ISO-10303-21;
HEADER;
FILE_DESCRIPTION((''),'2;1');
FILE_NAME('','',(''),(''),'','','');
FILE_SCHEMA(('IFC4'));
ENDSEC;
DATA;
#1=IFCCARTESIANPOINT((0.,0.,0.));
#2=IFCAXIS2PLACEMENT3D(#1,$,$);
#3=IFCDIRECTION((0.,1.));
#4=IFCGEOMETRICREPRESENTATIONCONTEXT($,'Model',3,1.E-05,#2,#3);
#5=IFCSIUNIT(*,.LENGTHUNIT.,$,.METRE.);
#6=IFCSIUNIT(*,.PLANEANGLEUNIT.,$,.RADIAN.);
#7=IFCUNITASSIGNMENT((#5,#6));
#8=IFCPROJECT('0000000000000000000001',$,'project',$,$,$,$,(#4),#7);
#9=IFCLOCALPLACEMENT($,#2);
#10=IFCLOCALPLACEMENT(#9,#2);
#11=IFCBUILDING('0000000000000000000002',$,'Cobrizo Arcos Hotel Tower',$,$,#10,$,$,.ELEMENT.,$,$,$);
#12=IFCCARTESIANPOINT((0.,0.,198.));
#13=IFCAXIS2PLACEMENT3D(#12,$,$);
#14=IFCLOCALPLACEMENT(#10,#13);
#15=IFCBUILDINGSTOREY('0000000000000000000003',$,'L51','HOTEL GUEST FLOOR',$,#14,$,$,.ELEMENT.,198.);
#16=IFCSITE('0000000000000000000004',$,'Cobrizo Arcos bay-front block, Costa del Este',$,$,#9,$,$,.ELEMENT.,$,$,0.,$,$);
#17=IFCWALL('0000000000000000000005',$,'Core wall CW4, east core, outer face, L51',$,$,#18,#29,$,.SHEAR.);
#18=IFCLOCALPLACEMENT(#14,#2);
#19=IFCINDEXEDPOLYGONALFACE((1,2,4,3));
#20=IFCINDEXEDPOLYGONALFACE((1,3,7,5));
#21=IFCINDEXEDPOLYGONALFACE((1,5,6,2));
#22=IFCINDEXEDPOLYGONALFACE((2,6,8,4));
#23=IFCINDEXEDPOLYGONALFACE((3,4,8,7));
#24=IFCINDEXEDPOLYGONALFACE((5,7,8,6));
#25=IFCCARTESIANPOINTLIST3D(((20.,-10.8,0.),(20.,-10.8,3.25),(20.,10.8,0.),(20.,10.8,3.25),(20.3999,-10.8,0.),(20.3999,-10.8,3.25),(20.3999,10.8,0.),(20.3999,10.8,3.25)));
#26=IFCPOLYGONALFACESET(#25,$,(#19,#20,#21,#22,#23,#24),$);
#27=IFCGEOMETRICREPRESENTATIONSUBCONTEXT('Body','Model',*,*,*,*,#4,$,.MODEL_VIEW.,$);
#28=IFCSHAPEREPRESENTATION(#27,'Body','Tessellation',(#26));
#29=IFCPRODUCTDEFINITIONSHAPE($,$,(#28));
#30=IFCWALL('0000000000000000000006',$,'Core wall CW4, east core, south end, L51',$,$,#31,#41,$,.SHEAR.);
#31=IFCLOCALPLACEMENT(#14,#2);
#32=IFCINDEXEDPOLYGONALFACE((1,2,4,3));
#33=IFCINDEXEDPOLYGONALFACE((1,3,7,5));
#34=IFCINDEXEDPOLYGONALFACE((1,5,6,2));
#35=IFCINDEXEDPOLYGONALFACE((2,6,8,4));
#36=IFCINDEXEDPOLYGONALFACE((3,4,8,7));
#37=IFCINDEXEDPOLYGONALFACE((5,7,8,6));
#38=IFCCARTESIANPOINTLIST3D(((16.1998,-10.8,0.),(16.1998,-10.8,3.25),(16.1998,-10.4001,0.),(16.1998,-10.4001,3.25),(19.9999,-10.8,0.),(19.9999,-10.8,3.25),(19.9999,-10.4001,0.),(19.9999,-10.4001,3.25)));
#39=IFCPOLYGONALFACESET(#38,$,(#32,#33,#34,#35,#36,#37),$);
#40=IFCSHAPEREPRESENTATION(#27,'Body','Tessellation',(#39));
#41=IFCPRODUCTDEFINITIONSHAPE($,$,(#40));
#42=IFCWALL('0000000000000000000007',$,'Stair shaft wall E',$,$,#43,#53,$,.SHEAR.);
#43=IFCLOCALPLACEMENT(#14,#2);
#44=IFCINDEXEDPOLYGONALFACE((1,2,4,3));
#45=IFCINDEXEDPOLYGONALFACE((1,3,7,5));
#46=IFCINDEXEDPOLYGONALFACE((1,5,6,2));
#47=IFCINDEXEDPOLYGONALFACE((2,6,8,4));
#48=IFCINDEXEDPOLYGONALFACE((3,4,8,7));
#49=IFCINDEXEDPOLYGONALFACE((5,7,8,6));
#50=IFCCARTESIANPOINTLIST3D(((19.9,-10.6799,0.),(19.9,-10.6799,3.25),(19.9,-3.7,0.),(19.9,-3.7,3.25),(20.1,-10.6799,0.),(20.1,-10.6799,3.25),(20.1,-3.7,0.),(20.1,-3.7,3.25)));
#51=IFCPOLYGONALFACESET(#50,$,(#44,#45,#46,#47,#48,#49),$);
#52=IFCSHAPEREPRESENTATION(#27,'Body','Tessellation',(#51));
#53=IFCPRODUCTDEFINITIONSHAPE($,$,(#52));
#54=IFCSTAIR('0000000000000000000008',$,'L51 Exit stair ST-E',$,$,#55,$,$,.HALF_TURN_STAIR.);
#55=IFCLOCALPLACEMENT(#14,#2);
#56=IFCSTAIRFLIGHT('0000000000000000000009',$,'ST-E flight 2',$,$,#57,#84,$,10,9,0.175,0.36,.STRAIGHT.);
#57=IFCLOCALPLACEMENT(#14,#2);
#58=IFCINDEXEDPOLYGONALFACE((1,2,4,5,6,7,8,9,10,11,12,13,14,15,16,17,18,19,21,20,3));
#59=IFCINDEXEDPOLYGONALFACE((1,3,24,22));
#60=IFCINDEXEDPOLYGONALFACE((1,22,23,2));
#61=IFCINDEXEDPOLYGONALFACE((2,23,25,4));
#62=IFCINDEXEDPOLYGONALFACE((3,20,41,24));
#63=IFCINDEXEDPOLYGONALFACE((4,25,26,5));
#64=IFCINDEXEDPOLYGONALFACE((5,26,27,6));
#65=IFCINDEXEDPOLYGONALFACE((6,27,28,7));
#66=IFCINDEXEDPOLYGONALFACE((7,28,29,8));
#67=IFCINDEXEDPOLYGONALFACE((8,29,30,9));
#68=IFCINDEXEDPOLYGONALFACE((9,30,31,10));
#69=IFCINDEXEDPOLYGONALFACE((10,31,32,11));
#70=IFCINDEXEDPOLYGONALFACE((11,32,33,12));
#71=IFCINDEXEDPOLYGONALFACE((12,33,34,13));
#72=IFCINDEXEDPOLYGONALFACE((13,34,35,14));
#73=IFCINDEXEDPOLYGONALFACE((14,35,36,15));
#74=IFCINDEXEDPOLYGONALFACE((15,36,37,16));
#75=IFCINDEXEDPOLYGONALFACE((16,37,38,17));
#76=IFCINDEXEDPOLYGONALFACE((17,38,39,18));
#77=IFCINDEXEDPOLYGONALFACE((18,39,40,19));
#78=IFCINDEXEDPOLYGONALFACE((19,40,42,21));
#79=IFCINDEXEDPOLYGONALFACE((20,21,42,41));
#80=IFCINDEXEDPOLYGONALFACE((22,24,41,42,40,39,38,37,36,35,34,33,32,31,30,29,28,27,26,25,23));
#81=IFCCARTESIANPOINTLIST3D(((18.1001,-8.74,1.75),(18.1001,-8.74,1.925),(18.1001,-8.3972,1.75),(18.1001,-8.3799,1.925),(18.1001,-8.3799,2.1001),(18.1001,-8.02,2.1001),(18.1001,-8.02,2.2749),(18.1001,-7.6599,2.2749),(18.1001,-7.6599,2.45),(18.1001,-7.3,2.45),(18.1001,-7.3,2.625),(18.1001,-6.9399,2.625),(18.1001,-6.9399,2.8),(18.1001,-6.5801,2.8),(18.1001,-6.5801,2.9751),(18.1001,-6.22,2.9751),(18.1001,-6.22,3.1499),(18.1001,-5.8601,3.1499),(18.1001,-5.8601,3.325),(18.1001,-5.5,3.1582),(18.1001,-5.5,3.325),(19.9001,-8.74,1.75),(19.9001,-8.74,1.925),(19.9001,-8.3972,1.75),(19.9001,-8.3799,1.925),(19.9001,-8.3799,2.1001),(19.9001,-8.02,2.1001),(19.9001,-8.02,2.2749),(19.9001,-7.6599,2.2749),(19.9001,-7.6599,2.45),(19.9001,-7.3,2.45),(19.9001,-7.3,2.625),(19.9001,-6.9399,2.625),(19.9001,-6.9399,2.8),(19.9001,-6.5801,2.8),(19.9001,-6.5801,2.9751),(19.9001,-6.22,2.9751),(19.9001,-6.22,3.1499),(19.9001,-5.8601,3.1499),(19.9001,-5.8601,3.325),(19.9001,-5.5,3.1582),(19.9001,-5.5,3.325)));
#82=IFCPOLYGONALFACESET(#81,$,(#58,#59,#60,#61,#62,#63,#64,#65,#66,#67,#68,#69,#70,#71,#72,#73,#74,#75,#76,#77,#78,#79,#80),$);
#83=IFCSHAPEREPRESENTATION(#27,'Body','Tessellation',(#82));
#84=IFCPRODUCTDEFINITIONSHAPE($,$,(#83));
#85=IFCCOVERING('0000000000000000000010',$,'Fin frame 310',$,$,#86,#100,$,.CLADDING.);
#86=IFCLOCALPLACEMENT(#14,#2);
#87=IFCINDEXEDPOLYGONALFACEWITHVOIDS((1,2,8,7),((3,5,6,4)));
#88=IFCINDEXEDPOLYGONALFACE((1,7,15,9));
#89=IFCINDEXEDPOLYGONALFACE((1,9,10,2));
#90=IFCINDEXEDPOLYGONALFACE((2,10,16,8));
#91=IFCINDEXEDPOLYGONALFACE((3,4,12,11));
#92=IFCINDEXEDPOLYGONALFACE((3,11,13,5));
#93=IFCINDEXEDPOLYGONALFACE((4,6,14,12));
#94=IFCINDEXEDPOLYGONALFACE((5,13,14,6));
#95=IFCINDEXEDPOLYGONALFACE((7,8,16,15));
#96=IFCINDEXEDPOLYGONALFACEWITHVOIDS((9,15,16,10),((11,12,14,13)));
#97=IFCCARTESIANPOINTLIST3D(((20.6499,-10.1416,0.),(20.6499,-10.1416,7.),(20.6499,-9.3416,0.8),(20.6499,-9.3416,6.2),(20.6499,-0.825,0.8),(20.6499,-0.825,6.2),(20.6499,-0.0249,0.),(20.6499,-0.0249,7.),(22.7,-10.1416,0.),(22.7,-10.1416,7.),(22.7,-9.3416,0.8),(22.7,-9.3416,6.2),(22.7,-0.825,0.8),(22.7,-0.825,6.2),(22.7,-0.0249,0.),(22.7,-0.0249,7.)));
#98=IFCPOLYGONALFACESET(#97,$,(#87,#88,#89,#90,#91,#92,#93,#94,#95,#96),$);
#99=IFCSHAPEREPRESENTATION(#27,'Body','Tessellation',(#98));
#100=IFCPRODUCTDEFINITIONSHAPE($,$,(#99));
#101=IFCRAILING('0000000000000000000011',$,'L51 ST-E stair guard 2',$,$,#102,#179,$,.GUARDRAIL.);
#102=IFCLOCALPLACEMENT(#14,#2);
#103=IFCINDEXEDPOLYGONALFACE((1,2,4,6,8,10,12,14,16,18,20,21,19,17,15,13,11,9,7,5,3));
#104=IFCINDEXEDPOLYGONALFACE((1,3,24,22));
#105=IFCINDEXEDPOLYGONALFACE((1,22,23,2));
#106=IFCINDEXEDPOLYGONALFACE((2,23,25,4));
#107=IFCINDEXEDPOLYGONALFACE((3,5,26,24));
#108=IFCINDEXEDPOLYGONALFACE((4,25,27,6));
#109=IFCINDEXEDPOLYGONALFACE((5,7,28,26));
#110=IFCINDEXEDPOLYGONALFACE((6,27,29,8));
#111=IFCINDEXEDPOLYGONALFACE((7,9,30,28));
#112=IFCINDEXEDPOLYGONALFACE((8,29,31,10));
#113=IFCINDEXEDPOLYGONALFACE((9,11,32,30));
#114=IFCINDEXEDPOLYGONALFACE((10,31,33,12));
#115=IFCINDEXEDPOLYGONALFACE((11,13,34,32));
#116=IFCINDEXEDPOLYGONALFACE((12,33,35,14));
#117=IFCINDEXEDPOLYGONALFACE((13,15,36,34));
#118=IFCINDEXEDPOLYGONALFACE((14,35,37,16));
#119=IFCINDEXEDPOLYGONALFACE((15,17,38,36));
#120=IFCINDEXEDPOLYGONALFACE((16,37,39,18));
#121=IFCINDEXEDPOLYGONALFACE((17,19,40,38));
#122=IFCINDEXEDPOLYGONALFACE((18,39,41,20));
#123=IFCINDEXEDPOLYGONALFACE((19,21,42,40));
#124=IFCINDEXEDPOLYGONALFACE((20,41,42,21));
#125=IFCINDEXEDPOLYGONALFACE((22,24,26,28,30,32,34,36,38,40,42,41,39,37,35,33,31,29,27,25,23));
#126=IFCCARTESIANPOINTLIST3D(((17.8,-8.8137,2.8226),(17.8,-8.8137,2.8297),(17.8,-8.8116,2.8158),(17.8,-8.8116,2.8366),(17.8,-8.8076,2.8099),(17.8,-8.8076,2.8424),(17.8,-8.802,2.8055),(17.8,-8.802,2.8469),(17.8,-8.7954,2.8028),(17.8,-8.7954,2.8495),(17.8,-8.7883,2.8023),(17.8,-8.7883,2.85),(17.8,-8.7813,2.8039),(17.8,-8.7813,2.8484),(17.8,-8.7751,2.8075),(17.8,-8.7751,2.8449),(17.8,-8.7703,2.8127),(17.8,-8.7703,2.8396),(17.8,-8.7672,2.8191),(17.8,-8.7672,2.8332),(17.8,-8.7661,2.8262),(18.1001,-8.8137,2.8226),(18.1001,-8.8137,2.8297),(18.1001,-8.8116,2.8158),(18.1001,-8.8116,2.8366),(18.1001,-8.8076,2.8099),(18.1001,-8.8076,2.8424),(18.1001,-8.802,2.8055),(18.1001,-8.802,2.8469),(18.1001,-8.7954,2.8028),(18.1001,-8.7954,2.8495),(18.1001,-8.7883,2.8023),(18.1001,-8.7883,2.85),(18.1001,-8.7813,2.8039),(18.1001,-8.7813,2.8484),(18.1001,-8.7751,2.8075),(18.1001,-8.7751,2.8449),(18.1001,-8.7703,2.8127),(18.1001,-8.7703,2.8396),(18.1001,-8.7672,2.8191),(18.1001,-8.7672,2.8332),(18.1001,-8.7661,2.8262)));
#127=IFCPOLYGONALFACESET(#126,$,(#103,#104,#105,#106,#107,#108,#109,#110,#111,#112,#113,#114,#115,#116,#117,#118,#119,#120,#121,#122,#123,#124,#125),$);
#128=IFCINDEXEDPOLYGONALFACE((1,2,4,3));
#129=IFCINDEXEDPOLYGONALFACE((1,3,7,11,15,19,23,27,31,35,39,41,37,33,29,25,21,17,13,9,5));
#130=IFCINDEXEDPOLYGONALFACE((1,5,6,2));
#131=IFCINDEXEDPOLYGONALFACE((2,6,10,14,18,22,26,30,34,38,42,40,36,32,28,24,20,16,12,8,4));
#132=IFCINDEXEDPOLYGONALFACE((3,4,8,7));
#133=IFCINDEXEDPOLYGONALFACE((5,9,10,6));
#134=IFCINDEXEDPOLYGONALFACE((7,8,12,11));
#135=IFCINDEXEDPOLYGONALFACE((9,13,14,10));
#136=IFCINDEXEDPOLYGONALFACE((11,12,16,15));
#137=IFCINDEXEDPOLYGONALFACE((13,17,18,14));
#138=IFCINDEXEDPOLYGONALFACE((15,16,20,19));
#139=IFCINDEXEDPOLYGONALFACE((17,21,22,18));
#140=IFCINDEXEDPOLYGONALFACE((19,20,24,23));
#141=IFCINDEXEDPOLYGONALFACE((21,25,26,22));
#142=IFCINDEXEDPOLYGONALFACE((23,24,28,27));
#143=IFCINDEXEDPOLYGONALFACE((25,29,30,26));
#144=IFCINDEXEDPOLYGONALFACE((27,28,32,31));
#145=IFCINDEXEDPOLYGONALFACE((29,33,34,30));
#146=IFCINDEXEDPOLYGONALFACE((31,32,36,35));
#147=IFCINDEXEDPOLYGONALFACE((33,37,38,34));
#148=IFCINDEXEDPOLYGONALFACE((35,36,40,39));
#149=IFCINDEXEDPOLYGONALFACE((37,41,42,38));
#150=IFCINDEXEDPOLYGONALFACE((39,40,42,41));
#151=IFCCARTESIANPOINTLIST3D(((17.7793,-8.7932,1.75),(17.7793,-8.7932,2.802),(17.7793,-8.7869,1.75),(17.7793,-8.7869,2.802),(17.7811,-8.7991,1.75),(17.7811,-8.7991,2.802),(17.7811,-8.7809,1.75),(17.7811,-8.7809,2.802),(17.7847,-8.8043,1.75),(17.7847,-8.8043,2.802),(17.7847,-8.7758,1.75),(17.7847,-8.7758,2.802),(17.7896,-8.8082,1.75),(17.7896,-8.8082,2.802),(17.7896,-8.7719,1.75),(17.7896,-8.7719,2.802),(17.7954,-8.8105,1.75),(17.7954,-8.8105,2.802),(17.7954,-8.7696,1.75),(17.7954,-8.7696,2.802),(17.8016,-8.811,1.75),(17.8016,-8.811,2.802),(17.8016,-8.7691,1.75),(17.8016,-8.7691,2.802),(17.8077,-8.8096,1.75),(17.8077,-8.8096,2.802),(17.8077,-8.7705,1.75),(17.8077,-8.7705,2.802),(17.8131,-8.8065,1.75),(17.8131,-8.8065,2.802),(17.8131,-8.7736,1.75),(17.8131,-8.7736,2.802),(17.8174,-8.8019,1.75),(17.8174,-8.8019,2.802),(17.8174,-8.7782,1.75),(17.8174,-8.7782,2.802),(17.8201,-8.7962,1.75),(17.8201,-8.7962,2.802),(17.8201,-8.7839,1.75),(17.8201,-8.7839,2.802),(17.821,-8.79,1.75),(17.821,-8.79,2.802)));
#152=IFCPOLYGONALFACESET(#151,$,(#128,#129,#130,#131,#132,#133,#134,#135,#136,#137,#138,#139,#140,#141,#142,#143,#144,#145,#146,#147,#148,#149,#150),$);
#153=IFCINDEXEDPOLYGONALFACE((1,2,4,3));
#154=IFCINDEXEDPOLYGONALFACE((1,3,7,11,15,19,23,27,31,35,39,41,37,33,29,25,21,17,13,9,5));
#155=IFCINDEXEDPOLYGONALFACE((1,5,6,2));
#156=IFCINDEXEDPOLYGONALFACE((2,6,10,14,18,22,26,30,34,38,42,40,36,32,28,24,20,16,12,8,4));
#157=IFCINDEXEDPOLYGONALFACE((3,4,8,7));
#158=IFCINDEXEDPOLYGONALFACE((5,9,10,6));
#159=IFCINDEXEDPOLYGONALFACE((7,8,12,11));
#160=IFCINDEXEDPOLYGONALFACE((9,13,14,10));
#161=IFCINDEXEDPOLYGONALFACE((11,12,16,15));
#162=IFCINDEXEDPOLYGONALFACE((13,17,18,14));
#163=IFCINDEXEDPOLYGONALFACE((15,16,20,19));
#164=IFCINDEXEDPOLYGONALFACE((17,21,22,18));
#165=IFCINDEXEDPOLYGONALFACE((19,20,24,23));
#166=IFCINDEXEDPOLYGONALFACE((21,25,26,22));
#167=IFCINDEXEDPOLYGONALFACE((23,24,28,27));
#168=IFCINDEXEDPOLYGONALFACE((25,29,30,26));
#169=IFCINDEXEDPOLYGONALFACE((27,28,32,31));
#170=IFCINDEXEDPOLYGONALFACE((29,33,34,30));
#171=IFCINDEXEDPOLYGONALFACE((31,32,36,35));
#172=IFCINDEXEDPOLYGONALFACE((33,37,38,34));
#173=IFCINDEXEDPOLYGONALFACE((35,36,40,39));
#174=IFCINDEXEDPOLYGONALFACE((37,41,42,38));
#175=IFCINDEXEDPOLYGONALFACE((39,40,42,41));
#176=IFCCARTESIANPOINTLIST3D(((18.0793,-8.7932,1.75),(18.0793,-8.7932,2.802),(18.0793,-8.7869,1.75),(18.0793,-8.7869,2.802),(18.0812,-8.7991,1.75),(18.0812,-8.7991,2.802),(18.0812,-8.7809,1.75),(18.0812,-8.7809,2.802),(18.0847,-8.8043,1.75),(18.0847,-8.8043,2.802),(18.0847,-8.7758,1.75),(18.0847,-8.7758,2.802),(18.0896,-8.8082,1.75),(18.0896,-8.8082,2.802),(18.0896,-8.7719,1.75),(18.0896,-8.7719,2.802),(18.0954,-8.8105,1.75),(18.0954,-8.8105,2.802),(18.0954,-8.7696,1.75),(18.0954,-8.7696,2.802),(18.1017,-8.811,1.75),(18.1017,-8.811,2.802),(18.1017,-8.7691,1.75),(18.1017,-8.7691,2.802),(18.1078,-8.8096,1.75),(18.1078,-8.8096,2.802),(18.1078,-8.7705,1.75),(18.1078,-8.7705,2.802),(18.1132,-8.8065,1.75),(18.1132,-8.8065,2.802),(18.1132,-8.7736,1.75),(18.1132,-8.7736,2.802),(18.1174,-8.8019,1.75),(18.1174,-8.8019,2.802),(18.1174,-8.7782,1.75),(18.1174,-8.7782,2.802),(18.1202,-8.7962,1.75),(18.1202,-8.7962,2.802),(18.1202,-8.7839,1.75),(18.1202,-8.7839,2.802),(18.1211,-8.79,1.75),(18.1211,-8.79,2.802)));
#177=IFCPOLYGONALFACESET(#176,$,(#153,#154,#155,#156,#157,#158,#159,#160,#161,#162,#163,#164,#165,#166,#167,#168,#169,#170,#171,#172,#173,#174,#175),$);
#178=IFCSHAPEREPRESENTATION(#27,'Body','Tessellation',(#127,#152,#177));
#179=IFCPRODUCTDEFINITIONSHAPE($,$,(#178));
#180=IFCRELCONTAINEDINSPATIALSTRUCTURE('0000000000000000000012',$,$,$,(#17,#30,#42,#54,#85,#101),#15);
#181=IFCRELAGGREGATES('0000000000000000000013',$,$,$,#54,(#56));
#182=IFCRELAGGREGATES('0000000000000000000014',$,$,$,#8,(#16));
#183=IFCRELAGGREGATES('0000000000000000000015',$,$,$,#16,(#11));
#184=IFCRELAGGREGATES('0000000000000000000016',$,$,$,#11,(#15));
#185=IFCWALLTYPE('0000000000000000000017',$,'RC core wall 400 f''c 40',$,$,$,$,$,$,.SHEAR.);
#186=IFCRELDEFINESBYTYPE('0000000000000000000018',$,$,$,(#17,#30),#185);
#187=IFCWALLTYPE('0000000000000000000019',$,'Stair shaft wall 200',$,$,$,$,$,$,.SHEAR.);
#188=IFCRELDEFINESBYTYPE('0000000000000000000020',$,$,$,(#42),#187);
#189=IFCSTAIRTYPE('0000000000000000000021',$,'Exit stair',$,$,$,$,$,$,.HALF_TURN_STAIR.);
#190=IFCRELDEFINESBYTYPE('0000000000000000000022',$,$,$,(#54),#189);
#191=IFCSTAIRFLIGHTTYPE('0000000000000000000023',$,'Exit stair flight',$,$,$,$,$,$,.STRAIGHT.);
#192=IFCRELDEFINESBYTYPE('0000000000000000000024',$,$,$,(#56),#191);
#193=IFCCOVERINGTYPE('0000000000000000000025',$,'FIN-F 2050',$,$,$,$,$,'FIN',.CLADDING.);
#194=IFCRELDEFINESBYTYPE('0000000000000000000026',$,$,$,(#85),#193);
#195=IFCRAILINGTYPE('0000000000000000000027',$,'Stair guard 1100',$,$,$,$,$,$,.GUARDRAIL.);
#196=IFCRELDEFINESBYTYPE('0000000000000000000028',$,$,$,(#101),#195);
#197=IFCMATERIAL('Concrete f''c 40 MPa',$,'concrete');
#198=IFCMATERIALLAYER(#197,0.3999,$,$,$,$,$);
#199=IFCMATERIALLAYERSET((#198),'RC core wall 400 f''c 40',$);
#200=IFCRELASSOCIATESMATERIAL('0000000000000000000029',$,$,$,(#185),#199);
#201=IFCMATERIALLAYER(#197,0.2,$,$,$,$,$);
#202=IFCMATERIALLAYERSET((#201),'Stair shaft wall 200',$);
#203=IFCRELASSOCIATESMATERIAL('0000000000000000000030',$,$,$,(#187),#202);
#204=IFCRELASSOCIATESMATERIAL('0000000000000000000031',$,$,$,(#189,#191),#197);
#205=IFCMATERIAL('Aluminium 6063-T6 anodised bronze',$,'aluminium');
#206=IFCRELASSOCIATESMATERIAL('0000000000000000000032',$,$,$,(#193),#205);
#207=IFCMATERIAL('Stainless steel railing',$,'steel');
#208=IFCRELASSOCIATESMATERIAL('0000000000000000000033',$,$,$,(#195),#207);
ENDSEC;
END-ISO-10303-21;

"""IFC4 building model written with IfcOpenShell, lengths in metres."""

from ifc_helpers import new_model, si_unit, direction, frame, frame_2d, origin, origin_2d, place, context, subcontext, project, spatial, polyline, rectangle, circle, outline, extrude, material, layer, layer_set, type_object, element, aggregate, save


model = new_model("IFC4")

# Units and contexts
model_context = context("Model", 3, precision=1e-05, world=origin(), true_north=direction((0.0, 1.0)))
body_context = subcontext(model_context, "Body", "Model", "MODEL_VIEW")
ifc_project = project(units=[si_unit("LENGTHUNIT", "METRE"), si_unit("PLANEANGLEUNIT", "RADIAN")], contexts=[model_context])

# Site, building, storey
site_placement = place(None, origin())
site = spatial("IfcSite", under=ifc_project, at=site_placement, Name="Cobrizo Arcos bay-front block, Costa del Este", CompositionType="ELEMENT", RefElevation=0.0)
building_placement = place(site_placement, origin())
building = spatial("IfcBuilding", under=site, at=building_placement, Name="Cobrizo Arcos Hotel Tower", CompositionType="ELEMENT")
storey_placement = place(building_placement, frame((0.0, 0.0, 198.0)))
storey = spatial("IfcBuildingStorey", under=building, at=storey_placement, Name="L51", Description="HOTEL GUEST FLOOR", CompositionType="ELEMENT", Elevation=198.0)

# Shared definitions
ifc_material_1 = material(Name="Aluminium 6063-T6 anodised bronze", Category="aluminium")

# Shared definitions
ifc_material_2 = material(Name="Concrete f'c 40 MPa", Category="concrete")
ifc_layer_1 = layer(ifc_material_2, 0.3999)
ifc_layer_set_1 = layer_set([ifc_layer_1], Name="RC core wall 400 f'c 40")
wall_type_1 = type_object("IfcWallType", Name="RC core wall 400 f'c 40", PredefinedType="SHEAR", material=ifc_layer_set_1)

# Walls
wall_1_placement = place(storey_placement, frame((20.2, -10.8, 0.0), z_axis=(0.0, 0.0, 1.0), x_axis=(0.0, 1.0, 0.0)))
element("IfcWall", 1, at=wall_1_placement, inside=storey, type_object=wall_type_1, Name="Core wall CW4, east core, outer face, L51", PredefinedType="SHEAR", context=body_context, shape_type="SweptSolid", body=[
    extrude(rectangle(XDim=21.6001, YDim=0.3999, at=frame_2d((10.8, 0.0))), origin(), (0.0, 0.0, 1.0), 3.25),
])
wall_2_placement = place(storey_placement, frame((16.2, -10.6001, 0.0), z_axis=(0.0, 0.0, 1.0), x_axis=(1.0, 0.0, 0.0)))
element("IfcWall", 2, at=wall_2_placement, inside=storey, type_object=wall_type_1, Name="Core wall CW4, east core, south end, L51", PredefinedType="SHEAR", context=body_context, shape_type="SweptSolid", body=[
    extrude(rectangle(XDim=3.8, YDim=0.3999, at=frame_2d((1.8999, 0.0))), origin(), (0.0, 0.0, 1.0), 3.25),
])
ifc_layer_2 = layer(ifc_material_2, 0.2)
ifc_layer_set_2 = layer_set([ifc_layer_2], Name="Stair shaft wall 200")
wall_type_2 = type_object("IfcWallType", Name="Stair shaft wall 200", PredefinedType="SHEAR", material=ifc_layer_set_2)
wall_3_placement = place(storey_placement, frame((20.0, -10.6799, 0.0), z_axis=(0.0, 0.0, 1.0), x_axis=(0.0, 1.0, 0.0)))
element("IfcWall", 3, at=wall_3_placement, inside=storey, type_object=wall_type_2, Name="Stair shaft wall E", PredefinedType="SHEAR", context=body_context, shape_type="SweptSolid", body=[
    extrude(rectangle(XDim=6.98, YDim=0.2, at=frame_2d((3.49, 0.0))), origin(), (0.0, 0.0, 1.0), 3.25),
])

# Stair, stair flight
stair_type = type_object("IfcStairType", Name="Exit stair", PredefinedType="HALF_TURN_STAIR", material=ifc_material_2)
stair_placement = place(storey_placement, origin())
stair = element("IfcStair", 4, at=stair_placement, inside=storey, type_object=stair_type, Name="L51 Exit stair ST-E", PredefinedType="HALF_TURN_STAIR")
stair_flight_type = type_object("IfcStairFlightType", Name="Exit stair flight", PredefinedType="STRAIGHT", material=ifc_material_2)
stair_flight_placement = place(storey_placement, frame((19.0, -8.74, 1.75), z_axis=(0.0, 0.0, 1.0), x_axis=(0.0, 1.0, 0.0)))
stair_flight = element("IfcStairFlight", 5, at=stair_flight_placement, type_object=stair_flight_type, Name="ST-E flight 2", NumberOfRisers=10, NumberOfTreads=9, PredefinedType="STRAIGHT", RiserHeight=0.175, TreadLength=0.36, context=body_context, shape_type="SweptSolid", body=[
    extrude(outline(polyline([(0.0, 0.0), (0.0, 0.175), (0.3601, 0.175), (0.3601, 0.3501), (0.72, 0.3501), (0.72, 0.5249), (1.0801, 0.5249), (1.0801, 0.7), (1.4399, 0.7), (1.4399, 0.875), (1.8, 0.875), (1.8, 1.05), (2.1599, 1.05), (2.1599, 1.2251), (2.52, 1.2251), (2.52, 1.3999), (2.8799, 1.3999), (2.8799, 1.575), (3.24, 1.575), (3.24, 1.75), (3.24, 1.4082), (0.3428, 0.0), (0.0, 0.0)])), frame((0.0, 0.8999, 0.0), z_axis=(0.0, -1.0, 0.0), x_axis=(1.0, 0.0, 0.0)), (0.0, 0.0, 1.0), 1.8),
])
aggregate(stair, [stair_flight])

# Covering
covering_type = type_object("IfcCoveringType", Name="FIN-F 2050", ElementType="FIN", PredefinedType="CLADDING", material=ifc_material_1)
covering_placement = place(storey_placement, frame((20.6499, -10.1416, 0.0), z_axis=(1.0, 0.0, 0.0), x_axis=(0.0, 1.0, 0.0)))
element("IfcCovering", 6, at=covering_placement, inside=storey, type_object=covering_type, Name="Fin frame 310", PredefinedType="CLADDING", context=body_context, shape_type="SweptSolid", body=[
    extrude(outline(polyline([(0.0, 7.0), (0.0, 0.0), (10.1167, 0.0), (10.1167, 7.0), (0.0, 7.0)]), holes=[polyline([(9.3167, 0.8), (0.8, 0.8), (0.8, 6.2), (9.3167, 6.2), (9.3167, 0.8)])]), origin(), (0.0, 0.0, 1.0), 2.05),
])

# Railing
ifc_material_3 = material(Name="Stainless steel railing", Category="steel")
railing_type = type_object("IfcRailingType", Name="Stair guard 1100", PredefinedType="GUARDRAIL", material=ifc_material_3)
railing_1_placement = place(storey_placement, frame((17.8, -8.79, 1.75)))
element("IfcRailing", 7, at=railing_1_placement, inside=storey, type_object=railing_type, Name="L51 ST-E stair guard 2", PredefinedType="GUARDRAIL", context=body_context, shape_type="SweptSolid", body=[
    extrude(circle(Radius=0.0239, at=origin_2d()), frame((0.0, 0.0, 1.0762), z_axis=(1.0, 0.0, 0.0), x_axis=(0.0, 1.0, 0.0)), (0.0, 0.0, 1.0), 0.3),
    extrude(circle(Radius=0.021, at=origin_2d()), origin(), (0.0, 0.0, 1.0), 1.052),
    extrude(circle(Radius=0.021, at=origin_2d()), frame((0.3, 0.0, 0.0)), (0.0, 0.0, 1.0), 1.052),
])

save(model, "model.ifc")
